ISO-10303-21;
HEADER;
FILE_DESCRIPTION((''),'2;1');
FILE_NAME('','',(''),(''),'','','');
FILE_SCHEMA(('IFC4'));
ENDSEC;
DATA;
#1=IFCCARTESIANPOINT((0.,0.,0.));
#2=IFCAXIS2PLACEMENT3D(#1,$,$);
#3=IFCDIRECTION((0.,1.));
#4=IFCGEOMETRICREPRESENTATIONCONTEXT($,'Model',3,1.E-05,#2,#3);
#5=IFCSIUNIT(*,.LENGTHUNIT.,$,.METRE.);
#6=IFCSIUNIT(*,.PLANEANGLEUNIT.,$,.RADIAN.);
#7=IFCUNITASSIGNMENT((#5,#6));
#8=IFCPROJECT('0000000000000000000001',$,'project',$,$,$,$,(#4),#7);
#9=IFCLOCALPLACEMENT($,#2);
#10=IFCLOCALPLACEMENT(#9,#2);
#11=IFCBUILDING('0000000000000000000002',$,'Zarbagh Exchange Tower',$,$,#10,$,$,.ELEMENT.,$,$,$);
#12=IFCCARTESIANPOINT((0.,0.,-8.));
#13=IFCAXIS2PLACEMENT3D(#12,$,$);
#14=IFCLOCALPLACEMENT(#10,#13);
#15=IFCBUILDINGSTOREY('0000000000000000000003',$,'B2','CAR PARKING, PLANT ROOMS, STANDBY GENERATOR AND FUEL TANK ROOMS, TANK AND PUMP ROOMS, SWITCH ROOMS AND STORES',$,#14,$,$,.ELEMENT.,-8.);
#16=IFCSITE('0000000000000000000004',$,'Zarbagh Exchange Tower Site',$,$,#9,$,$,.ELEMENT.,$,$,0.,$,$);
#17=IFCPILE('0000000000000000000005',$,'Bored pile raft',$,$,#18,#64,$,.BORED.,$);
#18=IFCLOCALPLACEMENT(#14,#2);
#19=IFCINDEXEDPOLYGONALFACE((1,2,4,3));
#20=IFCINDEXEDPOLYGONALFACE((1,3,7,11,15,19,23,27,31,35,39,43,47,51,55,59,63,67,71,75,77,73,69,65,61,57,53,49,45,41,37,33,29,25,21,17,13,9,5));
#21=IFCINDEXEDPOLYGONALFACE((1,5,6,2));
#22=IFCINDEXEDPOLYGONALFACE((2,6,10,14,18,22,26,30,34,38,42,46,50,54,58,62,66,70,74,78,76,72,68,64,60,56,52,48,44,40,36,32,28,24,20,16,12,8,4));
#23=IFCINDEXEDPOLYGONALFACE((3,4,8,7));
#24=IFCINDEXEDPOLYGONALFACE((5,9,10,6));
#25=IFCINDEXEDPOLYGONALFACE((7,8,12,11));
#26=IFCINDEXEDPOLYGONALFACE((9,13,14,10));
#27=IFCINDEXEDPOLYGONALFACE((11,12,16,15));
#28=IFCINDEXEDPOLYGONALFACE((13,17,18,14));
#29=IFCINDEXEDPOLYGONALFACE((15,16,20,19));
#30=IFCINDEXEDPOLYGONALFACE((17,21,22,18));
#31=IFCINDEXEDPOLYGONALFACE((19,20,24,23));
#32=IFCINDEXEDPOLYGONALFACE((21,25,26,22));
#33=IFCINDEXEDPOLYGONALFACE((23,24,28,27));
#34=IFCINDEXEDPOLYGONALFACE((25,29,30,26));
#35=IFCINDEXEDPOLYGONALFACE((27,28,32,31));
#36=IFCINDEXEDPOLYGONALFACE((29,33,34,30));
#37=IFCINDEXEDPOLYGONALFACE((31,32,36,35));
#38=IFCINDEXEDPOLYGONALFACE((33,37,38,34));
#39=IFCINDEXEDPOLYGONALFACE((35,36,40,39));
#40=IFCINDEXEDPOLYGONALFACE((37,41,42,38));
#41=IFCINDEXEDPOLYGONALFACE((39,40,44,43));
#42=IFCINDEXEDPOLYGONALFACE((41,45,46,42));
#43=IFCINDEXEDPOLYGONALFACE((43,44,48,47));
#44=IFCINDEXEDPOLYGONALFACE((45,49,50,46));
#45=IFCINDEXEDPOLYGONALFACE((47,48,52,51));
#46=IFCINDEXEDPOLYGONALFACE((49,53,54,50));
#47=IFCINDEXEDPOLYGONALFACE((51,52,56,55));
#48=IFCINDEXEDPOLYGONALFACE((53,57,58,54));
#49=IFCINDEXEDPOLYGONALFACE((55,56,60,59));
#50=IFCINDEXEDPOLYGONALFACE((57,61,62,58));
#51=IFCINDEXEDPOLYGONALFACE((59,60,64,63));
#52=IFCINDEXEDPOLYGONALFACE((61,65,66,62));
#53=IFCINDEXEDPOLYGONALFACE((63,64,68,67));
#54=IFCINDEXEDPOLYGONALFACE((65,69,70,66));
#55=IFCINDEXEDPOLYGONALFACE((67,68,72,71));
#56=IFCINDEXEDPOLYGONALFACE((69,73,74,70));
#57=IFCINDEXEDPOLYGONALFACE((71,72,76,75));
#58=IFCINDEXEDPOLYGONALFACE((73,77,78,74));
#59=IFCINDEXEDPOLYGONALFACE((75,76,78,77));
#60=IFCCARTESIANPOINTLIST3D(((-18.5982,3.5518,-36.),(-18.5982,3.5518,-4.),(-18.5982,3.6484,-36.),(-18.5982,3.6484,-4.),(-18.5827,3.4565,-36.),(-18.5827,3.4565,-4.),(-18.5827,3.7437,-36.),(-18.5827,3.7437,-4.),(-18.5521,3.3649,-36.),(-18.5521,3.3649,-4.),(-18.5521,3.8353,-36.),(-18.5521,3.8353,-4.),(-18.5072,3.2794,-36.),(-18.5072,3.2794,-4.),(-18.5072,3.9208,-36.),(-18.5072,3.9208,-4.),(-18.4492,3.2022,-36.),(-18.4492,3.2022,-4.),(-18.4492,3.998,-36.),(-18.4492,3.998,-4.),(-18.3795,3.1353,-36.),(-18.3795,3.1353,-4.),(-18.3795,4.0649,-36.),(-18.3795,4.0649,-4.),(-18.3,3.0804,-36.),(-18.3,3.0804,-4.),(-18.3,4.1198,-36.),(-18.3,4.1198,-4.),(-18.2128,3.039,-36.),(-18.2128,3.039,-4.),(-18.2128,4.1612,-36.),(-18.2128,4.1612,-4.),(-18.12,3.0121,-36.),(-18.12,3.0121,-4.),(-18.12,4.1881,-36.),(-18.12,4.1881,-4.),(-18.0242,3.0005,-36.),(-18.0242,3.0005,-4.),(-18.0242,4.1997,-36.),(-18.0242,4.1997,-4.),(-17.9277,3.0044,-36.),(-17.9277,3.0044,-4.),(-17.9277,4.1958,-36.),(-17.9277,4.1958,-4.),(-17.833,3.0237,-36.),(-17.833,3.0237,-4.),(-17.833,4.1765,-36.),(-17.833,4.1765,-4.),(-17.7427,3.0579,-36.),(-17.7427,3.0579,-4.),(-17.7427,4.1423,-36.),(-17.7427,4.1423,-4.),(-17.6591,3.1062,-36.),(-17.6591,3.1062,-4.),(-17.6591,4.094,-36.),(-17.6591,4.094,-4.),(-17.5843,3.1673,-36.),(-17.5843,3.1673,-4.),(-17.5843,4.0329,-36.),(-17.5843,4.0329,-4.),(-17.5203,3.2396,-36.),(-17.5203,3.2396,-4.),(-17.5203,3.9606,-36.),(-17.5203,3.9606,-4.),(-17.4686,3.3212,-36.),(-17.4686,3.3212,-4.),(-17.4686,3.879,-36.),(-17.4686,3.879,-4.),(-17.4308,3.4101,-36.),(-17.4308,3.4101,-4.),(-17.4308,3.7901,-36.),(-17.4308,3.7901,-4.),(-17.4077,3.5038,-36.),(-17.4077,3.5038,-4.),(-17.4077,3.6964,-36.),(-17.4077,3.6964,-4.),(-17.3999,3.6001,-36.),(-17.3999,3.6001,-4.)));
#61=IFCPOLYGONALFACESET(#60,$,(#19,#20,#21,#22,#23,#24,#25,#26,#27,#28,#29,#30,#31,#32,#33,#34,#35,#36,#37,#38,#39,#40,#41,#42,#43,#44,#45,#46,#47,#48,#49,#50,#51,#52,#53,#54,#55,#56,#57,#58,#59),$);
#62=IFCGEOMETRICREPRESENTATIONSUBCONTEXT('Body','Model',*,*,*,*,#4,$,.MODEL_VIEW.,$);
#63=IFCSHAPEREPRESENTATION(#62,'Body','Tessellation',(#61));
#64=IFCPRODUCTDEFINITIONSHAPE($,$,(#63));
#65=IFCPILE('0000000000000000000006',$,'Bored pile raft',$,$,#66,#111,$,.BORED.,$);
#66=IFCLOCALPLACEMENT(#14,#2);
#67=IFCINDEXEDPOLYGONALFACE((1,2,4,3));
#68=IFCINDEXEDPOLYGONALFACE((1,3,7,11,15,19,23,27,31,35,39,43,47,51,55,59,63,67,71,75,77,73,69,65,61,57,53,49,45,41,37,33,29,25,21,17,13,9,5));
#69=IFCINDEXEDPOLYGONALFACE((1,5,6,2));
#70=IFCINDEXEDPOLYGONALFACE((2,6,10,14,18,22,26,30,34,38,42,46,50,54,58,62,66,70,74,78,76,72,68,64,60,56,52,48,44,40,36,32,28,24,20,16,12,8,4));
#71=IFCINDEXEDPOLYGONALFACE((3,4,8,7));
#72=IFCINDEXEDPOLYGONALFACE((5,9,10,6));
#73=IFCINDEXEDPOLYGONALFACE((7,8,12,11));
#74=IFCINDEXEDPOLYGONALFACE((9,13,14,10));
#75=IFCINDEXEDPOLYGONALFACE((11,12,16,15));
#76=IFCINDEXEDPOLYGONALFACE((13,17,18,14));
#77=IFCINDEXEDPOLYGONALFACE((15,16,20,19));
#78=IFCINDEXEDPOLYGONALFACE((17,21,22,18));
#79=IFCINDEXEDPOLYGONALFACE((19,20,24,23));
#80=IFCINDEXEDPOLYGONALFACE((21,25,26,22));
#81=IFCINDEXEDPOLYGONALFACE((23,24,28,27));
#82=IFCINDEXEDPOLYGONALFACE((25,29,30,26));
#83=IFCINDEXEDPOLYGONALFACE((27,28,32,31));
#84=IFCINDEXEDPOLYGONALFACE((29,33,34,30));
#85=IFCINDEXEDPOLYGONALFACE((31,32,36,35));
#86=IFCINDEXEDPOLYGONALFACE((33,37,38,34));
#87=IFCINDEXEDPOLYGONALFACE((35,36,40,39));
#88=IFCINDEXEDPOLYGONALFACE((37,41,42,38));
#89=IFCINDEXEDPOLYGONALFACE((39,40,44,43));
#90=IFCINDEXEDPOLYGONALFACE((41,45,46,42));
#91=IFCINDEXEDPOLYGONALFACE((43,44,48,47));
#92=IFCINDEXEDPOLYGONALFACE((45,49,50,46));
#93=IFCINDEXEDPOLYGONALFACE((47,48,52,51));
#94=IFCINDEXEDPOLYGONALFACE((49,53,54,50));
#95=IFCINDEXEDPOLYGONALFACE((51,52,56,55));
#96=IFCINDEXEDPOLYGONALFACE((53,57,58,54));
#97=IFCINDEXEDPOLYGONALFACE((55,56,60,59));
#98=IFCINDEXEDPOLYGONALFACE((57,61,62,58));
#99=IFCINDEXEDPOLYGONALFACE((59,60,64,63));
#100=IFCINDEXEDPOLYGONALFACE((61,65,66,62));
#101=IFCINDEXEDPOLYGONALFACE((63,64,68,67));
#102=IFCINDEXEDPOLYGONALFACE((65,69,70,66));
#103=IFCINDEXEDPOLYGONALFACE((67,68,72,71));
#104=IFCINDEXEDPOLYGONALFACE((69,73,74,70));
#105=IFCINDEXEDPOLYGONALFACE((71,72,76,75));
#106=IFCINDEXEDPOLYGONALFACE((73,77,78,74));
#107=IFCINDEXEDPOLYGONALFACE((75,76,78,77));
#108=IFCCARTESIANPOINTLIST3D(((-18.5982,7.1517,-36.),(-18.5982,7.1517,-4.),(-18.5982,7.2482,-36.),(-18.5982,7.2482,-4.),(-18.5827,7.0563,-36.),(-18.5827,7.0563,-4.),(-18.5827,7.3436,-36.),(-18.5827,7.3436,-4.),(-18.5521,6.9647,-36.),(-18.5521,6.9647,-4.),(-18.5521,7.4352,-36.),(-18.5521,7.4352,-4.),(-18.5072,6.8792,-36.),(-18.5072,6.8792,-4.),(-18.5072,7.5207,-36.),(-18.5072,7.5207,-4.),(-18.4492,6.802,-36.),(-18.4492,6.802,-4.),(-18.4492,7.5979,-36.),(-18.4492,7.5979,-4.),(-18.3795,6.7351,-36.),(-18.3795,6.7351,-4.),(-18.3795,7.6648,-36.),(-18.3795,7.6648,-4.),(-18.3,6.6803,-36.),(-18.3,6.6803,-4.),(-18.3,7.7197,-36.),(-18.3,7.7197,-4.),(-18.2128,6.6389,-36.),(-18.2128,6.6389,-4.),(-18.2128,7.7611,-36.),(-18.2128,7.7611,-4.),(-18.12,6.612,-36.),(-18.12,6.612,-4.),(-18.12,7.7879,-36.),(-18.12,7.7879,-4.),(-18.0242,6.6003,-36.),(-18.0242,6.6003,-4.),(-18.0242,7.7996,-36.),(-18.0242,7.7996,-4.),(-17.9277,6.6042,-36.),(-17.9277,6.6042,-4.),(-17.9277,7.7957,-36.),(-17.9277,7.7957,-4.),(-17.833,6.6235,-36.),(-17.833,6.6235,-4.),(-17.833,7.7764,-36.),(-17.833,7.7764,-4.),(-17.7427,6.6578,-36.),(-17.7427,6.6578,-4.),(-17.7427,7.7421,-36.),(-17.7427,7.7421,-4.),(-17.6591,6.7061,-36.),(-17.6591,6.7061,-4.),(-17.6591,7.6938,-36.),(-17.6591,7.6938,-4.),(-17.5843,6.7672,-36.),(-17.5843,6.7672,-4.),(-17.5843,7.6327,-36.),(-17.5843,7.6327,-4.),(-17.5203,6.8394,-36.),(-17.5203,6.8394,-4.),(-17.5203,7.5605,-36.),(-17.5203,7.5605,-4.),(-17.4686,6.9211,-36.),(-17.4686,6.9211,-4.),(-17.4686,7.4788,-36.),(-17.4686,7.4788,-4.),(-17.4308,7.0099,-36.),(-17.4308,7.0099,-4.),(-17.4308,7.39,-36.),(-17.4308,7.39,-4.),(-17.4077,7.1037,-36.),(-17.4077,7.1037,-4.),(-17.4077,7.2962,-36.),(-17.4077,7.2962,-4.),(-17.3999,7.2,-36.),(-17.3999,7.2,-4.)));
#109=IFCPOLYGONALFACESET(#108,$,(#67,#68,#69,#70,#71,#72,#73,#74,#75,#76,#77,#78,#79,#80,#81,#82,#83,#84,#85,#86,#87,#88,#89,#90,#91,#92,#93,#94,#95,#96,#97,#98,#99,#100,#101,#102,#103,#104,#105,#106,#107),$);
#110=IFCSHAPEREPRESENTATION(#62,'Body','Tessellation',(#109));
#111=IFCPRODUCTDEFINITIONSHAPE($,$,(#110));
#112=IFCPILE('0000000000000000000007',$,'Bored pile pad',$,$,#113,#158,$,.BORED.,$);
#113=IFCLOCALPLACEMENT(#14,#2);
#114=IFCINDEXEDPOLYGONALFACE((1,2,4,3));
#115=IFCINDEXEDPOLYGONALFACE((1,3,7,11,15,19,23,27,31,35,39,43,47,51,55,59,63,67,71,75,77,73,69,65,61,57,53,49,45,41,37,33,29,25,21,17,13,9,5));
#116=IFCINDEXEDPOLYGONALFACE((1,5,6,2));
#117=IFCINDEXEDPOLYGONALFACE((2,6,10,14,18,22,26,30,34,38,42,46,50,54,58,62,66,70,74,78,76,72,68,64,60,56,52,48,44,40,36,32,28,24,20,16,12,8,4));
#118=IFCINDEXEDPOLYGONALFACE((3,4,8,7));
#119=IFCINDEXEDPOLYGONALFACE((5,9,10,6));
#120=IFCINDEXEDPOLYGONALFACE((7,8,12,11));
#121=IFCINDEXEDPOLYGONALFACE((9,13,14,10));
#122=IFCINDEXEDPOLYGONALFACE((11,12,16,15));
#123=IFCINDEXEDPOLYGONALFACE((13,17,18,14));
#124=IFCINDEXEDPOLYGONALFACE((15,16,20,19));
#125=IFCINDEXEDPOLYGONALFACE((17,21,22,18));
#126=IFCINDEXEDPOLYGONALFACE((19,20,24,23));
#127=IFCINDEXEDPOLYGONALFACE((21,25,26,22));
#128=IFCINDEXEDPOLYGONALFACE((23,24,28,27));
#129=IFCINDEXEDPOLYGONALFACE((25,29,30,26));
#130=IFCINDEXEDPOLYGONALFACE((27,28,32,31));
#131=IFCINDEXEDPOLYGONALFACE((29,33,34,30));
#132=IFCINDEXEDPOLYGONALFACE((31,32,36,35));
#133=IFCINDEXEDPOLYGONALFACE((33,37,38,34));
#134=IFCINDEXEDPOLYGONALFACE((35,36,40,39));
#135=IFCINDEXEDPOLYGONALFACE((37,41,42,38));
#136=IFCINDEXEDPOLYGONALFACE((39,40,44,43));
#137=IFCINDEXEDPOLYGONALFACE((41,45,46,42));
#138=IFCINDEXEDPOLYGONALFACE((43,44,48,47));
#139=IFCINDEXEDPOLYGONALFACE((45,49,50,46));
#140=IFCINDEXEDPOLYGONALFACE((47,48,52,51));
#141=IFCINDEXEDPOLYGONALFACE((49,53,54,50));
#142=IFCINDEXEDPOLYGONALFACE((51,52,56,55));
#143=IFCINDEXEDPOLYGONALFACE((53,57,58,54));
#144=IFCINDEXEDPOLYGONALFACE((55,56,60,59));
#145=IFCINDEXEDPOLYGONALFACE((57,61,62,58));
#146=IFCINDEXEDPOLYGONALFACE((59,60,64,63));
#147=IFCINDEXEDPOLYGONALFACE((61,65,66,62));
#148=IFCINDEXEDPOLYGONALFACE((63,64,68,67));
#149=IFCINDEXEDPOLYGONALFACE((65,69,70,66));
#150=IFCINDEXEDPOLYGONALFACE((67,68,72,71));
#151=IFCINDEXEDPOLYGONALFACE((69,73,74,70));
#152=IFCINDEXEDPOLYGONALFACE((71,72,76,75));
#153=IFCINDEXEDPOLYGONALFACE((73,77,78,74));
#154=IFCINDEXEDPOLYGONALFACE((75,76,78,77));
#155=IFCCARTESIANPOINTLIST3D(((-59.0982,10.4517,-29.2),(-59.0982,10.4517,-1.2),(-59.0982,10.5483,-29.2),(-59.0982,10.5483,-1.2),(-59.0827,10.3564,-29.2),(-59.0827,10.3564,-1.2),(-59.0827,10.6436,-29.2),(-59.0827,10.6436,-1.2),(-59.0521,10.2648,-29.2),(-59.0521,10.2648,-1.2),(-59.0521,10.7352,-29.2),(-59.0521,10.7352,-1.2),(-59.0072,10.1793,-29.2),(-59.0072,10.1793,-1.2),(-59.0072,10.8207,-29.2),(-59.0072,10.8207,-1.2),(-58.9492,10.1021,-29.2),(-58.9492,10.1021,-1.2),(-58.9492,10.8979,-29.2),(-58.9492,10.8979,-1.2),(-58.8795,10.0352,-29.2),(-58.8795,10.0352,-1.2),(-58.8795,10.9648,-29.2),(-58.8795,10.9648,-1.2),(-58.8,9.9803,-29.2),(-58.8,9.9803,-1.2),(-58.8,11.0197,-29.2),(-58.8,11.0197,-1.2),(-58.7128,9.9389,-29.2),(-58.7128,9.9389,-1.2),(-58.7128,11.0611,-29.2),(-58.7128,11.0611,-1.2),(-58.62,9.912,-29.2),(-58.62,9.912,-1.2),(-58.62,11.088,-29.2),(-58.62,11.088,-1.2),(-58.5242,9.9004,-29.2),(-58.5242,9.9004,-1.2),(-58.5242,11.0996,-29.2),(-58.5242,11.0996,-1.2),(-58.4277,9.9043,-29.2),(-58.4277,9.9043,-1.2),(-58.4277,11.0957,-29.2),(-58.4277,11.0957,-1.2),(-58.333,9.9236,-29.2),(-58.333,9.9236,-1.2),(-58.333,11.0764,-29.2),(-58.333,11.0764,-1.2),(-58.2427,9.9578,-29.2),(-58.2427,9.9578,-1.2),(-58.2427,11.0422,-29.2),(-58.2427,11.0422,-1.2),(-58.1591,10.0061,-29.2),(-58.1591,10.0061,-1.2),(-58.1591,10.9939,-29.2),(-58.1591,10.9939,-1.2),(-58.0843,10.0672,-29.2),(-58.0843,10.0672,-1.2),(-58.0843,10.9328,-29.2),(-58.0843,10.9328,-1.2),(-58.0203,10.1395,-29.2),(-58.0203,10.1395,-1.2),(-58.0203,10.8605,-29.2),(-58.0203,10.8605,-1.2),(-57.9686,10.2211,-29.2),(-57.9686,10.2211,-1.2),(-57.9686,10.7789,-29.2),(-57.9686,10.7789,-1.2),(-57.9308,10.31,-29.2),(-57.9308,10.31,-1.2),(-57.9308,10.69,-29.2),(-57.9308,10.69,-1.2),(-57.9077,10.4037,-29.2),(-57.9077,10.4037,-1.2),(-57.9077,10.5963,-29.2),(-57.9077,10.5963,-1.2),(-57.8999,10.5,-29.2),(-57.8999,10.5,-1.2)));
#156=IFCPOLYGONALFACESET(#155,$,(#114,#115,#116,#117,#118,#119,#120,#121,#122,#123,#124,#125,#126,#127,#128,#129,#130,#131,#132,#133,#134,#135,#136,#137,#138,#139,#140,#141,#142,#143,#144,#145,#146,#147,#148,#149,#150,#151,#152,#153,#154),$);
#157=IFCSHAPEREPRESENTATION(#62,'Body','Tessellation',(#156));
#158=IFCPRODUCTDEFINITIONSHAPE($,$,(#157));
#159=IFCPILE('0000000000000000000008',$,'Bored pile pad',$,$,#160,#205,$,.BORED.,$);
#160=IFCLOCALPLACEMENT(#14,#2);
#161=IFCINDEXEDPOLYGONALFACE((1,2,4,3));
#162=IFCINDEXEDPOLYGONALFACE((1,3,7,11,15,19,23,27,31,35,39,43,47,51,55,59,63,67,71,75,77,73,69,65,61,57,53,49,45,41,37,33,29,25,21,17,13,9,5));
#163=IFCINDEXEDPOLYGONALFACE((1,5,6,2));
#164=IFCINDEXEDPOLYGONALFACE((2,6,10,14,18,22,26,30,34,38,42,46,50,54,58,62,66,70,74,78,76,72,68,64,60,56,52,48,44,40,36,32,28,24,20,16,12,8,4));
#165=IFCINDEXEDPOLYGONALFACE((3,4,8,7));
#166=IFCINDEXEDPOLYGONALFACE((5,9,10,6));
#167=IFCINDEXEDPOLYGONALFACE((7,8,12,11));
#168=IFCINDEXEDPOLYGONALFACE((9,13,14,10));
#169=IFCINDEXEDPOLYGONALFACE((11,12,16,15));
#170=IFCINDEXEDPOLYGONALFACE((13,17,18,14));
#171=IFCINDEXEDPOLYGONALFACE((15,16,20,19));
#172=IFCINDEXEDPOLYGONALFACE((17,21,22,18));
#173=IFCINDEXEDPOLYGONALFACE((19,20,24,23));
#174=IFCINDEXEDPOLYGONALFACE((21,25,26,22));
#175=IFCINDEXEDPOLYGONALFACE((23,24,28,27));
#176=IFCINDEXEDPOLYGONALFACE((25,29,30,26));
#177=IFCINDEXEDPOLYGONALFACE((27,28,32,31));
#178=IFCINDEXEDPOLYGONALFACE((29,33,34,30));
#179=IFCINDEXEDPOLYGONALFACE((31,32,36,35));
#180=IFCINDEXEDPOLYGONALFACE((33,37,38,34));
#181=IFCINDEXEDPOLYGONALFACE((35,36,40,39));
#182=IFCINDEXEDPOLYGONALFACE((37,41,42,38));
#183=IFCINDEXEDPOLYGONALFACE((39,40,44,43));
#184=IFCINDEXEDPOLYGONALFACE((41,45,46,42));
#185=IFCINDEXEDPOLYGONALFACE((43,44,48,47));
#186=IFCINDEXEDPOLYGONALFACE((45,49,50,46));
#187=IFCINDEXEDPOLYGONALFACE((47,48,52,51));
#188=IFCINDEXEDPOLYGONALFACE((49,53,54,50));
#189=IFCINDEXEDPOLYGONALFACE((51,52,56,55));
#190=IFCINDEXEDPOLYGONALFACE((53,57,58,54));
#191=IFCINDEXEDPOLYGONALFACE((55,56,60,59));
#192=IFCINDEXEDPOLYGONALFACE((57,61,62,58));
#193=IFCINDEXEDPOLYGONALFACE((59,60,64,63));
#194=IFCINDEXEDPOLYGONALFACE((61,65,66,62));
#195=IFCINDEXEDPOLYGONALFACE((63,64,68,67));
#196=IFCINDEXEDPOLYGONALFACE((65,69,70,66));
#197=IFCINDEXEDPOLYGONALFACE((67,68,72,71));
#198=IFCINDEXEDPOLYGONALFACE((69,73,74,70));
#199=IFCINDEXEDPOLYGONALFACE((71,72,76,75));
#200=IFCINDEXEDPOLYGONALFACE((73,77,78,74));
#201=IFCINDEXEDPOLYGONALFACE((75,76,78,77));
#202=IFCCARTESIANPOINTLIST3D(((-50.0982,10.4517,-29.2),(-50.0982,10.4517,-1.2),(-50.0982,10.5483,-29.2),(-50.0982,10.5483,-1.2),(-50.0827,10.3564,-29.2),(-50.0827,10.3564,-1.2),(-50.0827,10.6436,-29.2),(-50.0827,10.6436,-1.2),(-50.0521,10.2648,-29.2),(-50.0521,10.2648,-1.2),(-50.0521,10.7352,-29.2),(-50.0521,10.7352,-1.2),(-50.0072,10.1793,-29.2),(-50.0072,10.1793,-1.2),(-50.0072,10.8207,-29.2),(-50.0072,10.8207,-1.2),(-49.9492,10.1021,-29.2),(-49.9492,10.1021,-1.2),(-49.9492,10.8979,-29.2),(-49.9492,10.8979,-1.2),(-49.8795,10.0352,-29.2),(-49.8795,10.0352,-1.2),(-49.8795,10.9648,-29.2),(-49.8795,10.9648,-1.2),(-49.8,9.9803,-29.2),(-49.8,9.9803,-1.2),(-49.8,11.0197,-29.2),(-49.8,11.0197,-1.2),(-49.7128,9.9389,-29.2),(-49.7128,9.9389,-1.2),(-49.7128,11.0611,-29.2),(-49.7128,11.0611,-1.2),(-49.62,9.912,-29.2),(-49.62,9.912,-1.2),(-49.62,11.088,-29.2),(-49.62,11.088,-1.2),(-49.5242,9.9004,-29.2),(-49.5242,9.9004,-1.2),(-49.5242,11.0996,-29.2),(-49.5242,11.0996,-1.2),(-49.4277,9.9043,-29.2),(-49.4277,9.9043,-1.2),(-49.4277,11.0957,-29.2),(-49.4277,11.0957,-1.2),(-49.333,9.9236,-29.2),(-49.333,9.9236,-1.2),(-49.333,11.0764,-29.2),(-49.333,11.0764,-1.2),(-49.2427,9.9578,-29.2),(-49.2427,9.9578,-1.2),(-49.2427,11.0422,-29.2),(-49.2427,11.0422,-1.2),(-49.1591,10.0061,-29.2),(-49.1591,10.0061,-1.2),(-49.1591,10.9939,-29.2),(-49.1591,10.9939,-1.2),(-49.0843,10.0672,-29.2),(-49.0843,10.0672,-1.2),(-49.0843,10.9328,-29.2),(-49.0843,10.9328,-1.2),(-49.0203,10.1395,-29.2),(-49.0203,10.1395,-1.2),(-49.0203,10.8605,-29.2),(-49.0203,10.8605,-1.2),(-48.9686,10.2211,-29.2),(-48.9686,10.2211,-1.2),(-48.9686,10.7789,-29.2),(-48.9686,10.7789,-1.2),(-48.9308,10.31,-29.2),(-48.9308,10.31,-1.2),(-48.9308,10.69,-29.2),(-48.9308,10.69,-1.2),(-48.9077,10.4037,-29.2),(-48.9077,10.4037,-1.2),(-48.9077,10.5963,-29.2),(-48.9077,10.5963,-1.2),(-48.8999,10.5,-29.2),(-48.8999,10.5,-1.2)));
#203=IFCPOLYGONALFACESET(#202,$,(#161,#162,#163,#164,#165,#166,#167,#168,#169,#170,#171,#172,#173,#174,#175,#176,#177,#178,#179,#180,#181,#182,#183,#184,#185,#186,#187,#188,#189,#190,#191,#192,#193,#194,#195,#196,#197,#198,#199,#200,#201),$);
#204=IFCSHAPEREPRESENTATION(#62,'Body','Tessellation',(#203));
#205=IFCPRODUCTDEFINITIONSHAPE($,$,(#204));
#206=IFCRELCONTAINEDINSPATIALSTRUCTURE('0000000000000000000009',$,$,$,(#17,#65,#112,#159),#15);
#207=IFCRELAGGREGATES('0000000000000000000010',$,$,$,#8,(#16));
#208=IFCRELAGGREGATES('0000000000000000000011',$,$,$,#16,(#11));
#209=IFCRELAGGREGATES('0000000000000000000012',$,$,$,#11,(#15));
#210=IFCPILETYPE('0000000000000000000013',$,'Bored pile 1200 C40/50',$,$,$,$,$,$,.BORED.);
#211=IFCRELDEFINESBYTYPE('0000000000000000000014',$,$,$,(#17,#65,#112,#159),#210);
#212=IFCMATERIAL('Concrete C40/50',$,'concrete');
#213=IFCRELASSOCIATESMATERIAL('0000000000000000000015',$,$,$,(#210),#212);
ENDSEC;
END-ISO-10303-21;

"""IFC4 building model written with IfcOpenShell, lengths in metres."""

from ifc_helpers import new_model, si_unit, direction, frame, origin, origin_2d, place, context, subcontext, project, spatial, circle, extrude, material, material_profile, profile_set, type_object, element, save


model = new_model("IFC4")

# Units and contexts
model_context = context("Model", 3, precision=1e-05, world=origin(), true_north=direction((0.0, 1.0)))
body_context = subcontext(model_context, "Body", "Model", "MODEL_VIEW")
ifc_project = project(units=[si_unit("LENGTHUNIT", "METRE"), si_unit("PLANEANGLEUNIT", "RADIAN")], contexts=[model_context])

# Site, building, storey
site_placement = place(None, origin())
site = spatial("IfcSite", under=ifc_project, at=site_placement, Name="Zarbagh Exchange Tower Site", CompositionType="ELEMENT", RefElevation=0.0)
building_placement = place(site_placement, origin())
building = spatial("IfcBuilding", under=site, at=building_placement, Name="Zarbagh Exchange Tower", CompositionType="ELEMENT")
storey_placement = place(building_placement, frame((0.0, 0.0, -8.0)))
storey = spatial("IfcBuildingStorey", under=building, at=storey_placement, Name="B2", Description="CAR PARKING, PLANT ROOMS, STANDBY GENERATOR AND FUEL TANK ROOMS, TANK AND PUMP ROOMS, SWITCH ROOMS AND STORES", CompositionType="ELEMENT", Elevation=-8.0)

# Piles
ifc_material_1 = material(Name="Concrete C40/50", Category="concrete")
ifc_material_profile_1 = material_profile(ifc_material_1, circle(Radius=0.6001, at=origin_2d()), Name="Bored pile 1200 C40/50")
ifc_profile_set_1 = profile_set([ifc_material_profile_1], Name="Concrete C40/50")
pile_type = type_object("IfcPileType", Name="Bored pile 1200 C40/50", PredefinedType="BORED", material=ifc_profile_set_1)
for number, where, z_axis, x_axis, name in (
    (1, (-18.0, 3.6001, -4.0), (0.0, 0.0, -1.0), (1.0, 0.0, 0.0), "Bored pile raft"),
    (2, (-18.0, 7.2, -4.0), (0.0, 0.0, -1.0), (1.0, 0.0, 0.0), "Bored pile raft"),
):
    element("IfcPile", number, at=place(storey_placement, frame(where, z_axis=z_axis, x_axis=x_axis)), inside=storey, type_object=pile_type, Name=name, PredefinedType="BORED", context=body_context, shape_type="SweptSolid", body=[
        extrude(circle(Radius=0.6001, at=origin_2d()), origin(), (0.0, 0.0, 1.0), 32.0),
    ])
for number, where, z_axis, x_axis, name in (
    (3, (-58.5, 10.5, -1.2), (0.0, 0.0, -1.0), (1.0, 0.0, 0.0), "Bored pile pad"),
    (4, (-49.5, 10.5, -1.2), (0.0, 0.0, -1.0), (1.0, 0.0, 0.0), "Bored pile pad"),
):
    element("IfcPile", number, at=place(storey_placement, frame(where, z_axis=z_axis, x_axis=x_axis)), inside=storey, type_object=pile_type, Name=name, PredefinedType="BORED", context=body_context, shape_type="SweptSolid", body=[
        extrude(circle(Radius=0.6001, at=origin_2d()), origin(), (0.0, 0.0, 1.0), 28.0),
    ])

save(model, "model.ifc")
